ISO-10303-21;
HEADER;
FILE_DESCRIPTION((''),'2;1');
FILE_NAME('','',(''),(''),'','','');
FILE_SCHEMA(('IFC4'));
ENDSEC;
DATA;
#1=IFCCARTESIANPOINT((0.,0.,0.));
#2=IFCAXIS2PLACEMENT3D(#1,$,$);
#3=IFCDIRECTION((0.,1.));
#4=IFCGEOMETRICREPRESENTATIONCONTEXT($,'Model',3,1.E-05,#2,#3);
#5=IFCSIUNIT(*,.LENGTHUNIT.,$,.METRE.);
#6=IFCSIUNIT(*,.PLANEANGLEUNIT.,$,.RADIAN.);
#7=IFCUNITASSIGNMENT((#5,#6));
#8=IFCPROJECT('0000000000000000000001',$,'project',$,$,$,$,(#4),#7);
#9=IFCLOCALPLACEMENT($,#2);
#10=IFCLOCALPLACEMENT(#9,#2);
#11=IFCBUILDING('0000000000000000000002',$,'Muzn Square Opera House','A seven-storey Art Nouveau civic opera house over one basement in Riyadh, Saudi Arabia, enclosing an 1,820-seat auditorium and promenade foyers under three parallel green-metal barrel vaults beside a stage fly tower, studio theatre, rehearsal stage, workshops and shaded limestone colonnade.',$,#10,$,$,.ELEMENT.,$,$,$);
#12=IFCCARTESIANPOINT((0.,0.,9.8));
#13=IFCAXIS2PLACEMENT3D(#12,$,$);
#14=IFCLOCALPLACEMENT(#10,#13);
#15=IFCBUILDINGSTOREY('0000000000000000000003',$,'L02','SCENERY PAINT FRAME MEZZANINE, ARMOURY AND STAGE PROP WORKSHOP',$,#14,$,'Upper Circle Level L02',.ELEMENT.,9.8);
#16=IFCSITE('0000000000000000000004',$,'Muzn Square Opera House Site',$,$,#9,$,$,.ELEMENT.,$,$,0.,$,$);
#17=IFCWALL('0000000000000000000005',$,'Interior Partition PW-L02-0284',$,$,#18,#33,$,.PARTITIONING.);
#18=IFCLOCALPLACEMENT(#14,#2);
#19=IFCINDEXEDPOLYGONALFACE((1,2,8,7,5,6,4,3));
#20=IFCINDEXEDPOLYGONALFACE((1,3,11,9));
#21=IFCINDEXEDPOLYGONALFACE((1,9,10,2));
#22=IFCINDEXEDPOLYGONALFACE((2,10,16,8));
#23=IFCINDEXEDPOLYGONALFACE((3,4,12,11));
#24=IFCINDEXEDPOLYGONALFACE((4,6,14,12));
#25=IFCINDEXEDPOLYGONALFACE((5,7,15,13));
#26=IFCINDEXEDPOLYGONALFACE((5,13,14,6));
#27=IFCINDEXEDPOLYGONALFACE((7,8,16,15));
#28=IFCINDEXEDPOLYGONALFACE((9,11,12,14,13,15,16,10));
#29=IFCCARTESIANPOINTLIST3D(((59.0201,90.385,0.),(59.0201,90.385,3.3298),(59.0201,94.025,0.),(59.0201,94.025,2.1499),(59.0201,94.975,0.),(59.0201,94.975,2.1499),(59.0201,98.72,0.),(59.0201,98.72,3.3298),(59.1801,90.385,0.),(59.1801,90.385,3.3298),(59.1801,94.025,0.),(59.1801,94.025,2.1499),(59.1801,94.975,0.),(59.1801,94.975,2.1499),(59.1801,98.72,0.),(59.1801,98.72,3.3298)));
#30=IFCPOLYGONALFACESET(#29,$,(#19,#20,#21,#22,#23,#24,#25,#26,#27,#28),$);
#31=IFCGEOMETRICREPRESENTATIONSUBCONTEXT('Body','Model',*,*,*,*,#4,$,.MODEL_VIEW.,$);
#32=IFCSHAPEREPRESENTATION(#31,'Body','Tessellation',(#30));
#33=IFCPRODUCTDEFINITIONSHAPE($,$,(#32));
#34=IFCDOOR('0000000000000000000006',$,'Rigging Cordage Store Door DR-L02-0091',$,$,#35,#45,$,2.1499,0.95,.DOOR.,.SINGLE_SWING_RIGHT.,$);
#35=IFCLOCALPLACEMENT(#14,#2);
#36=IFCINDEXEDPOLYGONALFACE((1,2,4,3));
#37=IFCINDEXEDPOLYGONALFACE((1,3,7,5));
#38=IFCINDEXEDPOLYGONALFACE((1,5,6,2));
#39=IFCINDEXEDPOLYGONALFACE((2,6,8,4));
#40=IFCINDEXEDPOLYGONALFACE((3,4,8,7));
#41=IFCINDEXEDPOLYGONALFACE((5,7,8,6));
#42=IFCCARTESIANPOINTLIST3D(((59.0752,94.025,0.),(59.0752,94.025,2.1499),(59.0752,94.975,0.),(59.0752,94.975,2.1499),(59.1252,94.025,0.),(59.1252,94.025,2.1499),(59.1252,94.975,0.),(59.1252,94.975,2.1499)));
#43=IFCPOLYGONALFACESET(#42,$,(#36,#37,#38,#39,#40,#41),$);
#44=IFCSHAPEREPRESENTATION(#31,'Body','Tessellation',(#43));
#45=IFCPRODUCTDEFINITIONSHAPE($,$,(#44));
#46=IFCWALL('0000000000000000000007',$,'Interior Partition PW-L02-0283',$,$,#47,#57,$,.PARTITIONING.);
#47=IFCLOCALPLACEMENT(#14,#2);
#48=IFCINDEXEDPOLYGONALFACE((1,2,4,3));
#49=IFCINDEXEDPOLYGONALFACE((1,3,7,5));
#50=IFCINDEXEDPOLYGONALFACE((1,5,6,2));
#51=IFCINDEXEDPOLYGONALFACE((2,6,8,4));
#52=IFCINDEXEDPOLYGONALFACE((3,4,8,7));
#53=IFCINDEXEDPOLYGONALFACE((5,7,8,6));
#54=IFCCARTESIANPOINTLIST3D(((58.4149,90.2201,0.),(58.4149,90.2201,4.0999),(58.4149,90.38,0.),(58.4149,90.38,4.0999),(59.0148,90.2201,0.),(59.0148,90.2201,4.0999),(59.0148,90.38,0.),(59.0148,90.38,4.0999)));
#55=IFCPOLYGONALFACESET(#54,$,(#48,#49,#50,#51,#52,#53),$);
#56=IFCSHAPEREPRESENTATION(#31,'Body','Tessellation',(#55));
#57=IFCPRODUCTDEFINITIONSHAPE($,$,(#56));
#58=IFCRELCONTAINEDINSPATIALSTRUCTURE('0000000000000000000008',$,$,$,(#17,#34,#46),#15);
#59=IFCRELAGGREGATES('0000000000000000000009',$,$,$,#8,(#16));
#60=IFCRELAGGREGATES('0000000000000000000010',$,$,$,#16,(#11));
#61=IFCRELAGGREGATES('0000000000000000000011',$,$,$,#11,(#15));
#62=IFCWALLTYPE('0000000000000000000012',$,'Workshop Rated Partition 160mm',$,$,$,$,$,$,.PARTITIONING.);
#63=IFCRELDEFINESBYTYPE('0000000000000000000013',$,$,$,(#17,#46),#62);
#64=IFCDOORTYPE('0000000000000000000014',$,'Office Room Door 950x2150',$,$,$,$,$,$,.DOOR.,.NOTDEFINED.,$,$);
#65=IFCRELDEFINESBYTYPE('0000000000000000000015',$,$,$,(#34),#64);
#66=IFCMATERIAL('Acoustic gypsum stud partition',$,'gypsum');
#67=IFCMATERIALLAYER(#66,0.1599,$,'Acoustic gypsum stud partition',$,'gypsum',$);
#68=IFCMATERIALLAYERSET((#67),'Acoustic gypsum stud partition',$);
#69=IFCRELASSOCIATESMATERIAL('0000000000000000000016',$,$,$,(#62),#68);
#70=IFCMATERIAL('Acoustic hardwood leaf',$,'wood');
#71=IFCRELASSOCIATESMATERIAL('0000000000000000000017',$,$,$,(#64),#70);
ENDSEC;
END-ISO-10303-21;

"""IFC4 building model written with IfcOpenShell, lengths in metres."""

from ifc_helpers import new_model, si_unit, direction, frame, frame_2d, origin, place, context, subcontext, project, spatial, rectangle, extrude, material, layer, layer_set, type_object, element, fill, save


model = new_model("IFC4")

# Units and contexts
model_context = context("Model", 3, precision=1e-05, world=origin(), true_north=direction((0.0, 1.0)))
body_context = subcontext(model_context, "Body", "Model", "MODEL_VIEW")
ifc_project = project(units=[si_unit("LENGTHUNIT", "METRE"), si_unit("PLANEANGLEUNIT", "RADIAN")], contexts=[model_context])

# Site, building, storey
site_placement = place(None, origin())
site = spatial("IfcSite", under=ifc_project, at=site_placement, Name="Muzn Square Opera House Site", CompositionType="ELEMENT", RefElevation=0.0)
building_placement = place(site_placement, origin())
building = spatial("IfcBuilding", under=site, at=building_placement, Name="Muzn Square Opera House", Description="A seven-storey Art Nouveau civic opera house over one basement in Riyadh, Saudi Arabia, enclosing an 1,820-seat auditorium and promenade foyers under three parallel green-metal barrel vaults beside a stage fly tower, studio theatre, rehearsal stage, workshops and shaded limestone colonnade.", CompositionType="ELEMENT")
storey_placement = place(building_placement, frame((0.0, 0.0, 9.8)))
storey = spatial("IfcBuildingStorey", under=building, at=storey_placement, Name="L02", Description="SCENERY PAINT FRAME MEZZANINE, ARMOURY AND STAGE PROP WORKSHOP", LongName="Upper Circle Level L02", CompositionType="ELEMENT", Elevation=9.8)

# Wall, opening, door
ifc_material_1 = material(Name="Acoustic gypsum stud partition", Category="gypsum")
ifc_layer_1 = layer(ifc_material_1, 0.1599, Name="Acoustic gypsum stud partition", Category="gypsum")
ifc_layer_set_1 = layer_set([ifc_layer_1], Name="Acoustic gypsum stud partition")
wall_type_1 = type_object("IfcWallType", Name="Workshop Rated Partition 160mm", PredefinedType="PARTITIONING", material=ifc_layer_set_1)
wall_1_placement = place(storey_placement, frame((59.1001, 90.385, 0.0), z_axis=(0.0, 0.0, 1.0), x_axis=(0.0, 1.0, 0.0)))
wall_1 = element("IfcWall", 1, at=wall_1_placement, inside=storey, type_object=wall_type_1, Name="Interior Partition PW-L02-0284", PredefinedType="PARTITIONING", context=body_context, shape_type="SweptSolid", body=[
    extrude(rectangle(XDim=8.335, YDim=0.1599, at=frame_2d((4.1675, 0.0))), origin(), (0.0, 0.0, 1.0), 3.3298),
])
opening_1_placement = place(wall_1_placement, frame((3.6399, 0.0, 0.0)))
opening_1 = element("IfcOpeningElement", 2, at=opening_1_placement, cuts=wall_1, PredefinedType="OPENING", context=body_context, shape_type="SweptSolid", body=[
    extrude(rectangle(XDim=0.95, YDim=2.1499, at=frame_2d((0.4751, 1.075))), frame((0.0, 0.0898, 0.0), z_axis=(0.0, -1.0, 0.0), x_axis=(1.0, 0.0, 0.0)), (0.0, 0.0, 1.0), 0.1799),
])
ifc_material_2 = material(Name="Acoustic hardwood leaf", Category="wood")
door_type_1 = type_object("IfcDoorType", Name="Office Room Door 950x2150", OperationType="NOTDEFINED", PredefinedType="DOOR", material=ifc_material_2)
door_1_placement = place(opening_1_placement, origin())
door_1 = element("IfcDoor", 3, at=door_1_placement, inside=storey, type_object=door_type_1, Name="Rigging Cordage Store Door DR-L02-0091", OperationType="SINGLE_SWING_RIGHT", OverallHeight=2.1499, OverallWidth=0.95, PredefinedType="DOOR", context=body_context, shape_type="SweptSolid", body=[
    extrude(rectangle(XDim=0.95, YDim=2.1499, at=frame_2d((0.4751, 1.075))), frame((0.0, 0.0249, 0.0), z_axis=(0.0, -1.0, 0.0), x_axis=(1.0, 0.0, 0.0)), (0.0, 0.0, 1.0), 0.05),
])
fill(opening_1, door_1)

# Wall
wall_2_placement = place(storey_placement, frame((58.415, 90.3, 0.0), z_axis=(0.0, 0.0, 1.0), x_axis=(1.0, 0.0, 0.0)))
element("IfcWall", 4, at=wall_2_placement, inside=storey, type_object=wall_type_1, Name="Interior Partition PW-L02-0283", PredefinedType="PARTITIONING", context=body_context, shape_type="SweptSolid", body=[
    extrude(rectangle(XDim=0.5999, YDim=0.1599, at=frame_2d((0.2998, 0.0))), origin(), (0.0, 0.0, 1.0), 4.0999),
])

save(model, "model.ifc")
